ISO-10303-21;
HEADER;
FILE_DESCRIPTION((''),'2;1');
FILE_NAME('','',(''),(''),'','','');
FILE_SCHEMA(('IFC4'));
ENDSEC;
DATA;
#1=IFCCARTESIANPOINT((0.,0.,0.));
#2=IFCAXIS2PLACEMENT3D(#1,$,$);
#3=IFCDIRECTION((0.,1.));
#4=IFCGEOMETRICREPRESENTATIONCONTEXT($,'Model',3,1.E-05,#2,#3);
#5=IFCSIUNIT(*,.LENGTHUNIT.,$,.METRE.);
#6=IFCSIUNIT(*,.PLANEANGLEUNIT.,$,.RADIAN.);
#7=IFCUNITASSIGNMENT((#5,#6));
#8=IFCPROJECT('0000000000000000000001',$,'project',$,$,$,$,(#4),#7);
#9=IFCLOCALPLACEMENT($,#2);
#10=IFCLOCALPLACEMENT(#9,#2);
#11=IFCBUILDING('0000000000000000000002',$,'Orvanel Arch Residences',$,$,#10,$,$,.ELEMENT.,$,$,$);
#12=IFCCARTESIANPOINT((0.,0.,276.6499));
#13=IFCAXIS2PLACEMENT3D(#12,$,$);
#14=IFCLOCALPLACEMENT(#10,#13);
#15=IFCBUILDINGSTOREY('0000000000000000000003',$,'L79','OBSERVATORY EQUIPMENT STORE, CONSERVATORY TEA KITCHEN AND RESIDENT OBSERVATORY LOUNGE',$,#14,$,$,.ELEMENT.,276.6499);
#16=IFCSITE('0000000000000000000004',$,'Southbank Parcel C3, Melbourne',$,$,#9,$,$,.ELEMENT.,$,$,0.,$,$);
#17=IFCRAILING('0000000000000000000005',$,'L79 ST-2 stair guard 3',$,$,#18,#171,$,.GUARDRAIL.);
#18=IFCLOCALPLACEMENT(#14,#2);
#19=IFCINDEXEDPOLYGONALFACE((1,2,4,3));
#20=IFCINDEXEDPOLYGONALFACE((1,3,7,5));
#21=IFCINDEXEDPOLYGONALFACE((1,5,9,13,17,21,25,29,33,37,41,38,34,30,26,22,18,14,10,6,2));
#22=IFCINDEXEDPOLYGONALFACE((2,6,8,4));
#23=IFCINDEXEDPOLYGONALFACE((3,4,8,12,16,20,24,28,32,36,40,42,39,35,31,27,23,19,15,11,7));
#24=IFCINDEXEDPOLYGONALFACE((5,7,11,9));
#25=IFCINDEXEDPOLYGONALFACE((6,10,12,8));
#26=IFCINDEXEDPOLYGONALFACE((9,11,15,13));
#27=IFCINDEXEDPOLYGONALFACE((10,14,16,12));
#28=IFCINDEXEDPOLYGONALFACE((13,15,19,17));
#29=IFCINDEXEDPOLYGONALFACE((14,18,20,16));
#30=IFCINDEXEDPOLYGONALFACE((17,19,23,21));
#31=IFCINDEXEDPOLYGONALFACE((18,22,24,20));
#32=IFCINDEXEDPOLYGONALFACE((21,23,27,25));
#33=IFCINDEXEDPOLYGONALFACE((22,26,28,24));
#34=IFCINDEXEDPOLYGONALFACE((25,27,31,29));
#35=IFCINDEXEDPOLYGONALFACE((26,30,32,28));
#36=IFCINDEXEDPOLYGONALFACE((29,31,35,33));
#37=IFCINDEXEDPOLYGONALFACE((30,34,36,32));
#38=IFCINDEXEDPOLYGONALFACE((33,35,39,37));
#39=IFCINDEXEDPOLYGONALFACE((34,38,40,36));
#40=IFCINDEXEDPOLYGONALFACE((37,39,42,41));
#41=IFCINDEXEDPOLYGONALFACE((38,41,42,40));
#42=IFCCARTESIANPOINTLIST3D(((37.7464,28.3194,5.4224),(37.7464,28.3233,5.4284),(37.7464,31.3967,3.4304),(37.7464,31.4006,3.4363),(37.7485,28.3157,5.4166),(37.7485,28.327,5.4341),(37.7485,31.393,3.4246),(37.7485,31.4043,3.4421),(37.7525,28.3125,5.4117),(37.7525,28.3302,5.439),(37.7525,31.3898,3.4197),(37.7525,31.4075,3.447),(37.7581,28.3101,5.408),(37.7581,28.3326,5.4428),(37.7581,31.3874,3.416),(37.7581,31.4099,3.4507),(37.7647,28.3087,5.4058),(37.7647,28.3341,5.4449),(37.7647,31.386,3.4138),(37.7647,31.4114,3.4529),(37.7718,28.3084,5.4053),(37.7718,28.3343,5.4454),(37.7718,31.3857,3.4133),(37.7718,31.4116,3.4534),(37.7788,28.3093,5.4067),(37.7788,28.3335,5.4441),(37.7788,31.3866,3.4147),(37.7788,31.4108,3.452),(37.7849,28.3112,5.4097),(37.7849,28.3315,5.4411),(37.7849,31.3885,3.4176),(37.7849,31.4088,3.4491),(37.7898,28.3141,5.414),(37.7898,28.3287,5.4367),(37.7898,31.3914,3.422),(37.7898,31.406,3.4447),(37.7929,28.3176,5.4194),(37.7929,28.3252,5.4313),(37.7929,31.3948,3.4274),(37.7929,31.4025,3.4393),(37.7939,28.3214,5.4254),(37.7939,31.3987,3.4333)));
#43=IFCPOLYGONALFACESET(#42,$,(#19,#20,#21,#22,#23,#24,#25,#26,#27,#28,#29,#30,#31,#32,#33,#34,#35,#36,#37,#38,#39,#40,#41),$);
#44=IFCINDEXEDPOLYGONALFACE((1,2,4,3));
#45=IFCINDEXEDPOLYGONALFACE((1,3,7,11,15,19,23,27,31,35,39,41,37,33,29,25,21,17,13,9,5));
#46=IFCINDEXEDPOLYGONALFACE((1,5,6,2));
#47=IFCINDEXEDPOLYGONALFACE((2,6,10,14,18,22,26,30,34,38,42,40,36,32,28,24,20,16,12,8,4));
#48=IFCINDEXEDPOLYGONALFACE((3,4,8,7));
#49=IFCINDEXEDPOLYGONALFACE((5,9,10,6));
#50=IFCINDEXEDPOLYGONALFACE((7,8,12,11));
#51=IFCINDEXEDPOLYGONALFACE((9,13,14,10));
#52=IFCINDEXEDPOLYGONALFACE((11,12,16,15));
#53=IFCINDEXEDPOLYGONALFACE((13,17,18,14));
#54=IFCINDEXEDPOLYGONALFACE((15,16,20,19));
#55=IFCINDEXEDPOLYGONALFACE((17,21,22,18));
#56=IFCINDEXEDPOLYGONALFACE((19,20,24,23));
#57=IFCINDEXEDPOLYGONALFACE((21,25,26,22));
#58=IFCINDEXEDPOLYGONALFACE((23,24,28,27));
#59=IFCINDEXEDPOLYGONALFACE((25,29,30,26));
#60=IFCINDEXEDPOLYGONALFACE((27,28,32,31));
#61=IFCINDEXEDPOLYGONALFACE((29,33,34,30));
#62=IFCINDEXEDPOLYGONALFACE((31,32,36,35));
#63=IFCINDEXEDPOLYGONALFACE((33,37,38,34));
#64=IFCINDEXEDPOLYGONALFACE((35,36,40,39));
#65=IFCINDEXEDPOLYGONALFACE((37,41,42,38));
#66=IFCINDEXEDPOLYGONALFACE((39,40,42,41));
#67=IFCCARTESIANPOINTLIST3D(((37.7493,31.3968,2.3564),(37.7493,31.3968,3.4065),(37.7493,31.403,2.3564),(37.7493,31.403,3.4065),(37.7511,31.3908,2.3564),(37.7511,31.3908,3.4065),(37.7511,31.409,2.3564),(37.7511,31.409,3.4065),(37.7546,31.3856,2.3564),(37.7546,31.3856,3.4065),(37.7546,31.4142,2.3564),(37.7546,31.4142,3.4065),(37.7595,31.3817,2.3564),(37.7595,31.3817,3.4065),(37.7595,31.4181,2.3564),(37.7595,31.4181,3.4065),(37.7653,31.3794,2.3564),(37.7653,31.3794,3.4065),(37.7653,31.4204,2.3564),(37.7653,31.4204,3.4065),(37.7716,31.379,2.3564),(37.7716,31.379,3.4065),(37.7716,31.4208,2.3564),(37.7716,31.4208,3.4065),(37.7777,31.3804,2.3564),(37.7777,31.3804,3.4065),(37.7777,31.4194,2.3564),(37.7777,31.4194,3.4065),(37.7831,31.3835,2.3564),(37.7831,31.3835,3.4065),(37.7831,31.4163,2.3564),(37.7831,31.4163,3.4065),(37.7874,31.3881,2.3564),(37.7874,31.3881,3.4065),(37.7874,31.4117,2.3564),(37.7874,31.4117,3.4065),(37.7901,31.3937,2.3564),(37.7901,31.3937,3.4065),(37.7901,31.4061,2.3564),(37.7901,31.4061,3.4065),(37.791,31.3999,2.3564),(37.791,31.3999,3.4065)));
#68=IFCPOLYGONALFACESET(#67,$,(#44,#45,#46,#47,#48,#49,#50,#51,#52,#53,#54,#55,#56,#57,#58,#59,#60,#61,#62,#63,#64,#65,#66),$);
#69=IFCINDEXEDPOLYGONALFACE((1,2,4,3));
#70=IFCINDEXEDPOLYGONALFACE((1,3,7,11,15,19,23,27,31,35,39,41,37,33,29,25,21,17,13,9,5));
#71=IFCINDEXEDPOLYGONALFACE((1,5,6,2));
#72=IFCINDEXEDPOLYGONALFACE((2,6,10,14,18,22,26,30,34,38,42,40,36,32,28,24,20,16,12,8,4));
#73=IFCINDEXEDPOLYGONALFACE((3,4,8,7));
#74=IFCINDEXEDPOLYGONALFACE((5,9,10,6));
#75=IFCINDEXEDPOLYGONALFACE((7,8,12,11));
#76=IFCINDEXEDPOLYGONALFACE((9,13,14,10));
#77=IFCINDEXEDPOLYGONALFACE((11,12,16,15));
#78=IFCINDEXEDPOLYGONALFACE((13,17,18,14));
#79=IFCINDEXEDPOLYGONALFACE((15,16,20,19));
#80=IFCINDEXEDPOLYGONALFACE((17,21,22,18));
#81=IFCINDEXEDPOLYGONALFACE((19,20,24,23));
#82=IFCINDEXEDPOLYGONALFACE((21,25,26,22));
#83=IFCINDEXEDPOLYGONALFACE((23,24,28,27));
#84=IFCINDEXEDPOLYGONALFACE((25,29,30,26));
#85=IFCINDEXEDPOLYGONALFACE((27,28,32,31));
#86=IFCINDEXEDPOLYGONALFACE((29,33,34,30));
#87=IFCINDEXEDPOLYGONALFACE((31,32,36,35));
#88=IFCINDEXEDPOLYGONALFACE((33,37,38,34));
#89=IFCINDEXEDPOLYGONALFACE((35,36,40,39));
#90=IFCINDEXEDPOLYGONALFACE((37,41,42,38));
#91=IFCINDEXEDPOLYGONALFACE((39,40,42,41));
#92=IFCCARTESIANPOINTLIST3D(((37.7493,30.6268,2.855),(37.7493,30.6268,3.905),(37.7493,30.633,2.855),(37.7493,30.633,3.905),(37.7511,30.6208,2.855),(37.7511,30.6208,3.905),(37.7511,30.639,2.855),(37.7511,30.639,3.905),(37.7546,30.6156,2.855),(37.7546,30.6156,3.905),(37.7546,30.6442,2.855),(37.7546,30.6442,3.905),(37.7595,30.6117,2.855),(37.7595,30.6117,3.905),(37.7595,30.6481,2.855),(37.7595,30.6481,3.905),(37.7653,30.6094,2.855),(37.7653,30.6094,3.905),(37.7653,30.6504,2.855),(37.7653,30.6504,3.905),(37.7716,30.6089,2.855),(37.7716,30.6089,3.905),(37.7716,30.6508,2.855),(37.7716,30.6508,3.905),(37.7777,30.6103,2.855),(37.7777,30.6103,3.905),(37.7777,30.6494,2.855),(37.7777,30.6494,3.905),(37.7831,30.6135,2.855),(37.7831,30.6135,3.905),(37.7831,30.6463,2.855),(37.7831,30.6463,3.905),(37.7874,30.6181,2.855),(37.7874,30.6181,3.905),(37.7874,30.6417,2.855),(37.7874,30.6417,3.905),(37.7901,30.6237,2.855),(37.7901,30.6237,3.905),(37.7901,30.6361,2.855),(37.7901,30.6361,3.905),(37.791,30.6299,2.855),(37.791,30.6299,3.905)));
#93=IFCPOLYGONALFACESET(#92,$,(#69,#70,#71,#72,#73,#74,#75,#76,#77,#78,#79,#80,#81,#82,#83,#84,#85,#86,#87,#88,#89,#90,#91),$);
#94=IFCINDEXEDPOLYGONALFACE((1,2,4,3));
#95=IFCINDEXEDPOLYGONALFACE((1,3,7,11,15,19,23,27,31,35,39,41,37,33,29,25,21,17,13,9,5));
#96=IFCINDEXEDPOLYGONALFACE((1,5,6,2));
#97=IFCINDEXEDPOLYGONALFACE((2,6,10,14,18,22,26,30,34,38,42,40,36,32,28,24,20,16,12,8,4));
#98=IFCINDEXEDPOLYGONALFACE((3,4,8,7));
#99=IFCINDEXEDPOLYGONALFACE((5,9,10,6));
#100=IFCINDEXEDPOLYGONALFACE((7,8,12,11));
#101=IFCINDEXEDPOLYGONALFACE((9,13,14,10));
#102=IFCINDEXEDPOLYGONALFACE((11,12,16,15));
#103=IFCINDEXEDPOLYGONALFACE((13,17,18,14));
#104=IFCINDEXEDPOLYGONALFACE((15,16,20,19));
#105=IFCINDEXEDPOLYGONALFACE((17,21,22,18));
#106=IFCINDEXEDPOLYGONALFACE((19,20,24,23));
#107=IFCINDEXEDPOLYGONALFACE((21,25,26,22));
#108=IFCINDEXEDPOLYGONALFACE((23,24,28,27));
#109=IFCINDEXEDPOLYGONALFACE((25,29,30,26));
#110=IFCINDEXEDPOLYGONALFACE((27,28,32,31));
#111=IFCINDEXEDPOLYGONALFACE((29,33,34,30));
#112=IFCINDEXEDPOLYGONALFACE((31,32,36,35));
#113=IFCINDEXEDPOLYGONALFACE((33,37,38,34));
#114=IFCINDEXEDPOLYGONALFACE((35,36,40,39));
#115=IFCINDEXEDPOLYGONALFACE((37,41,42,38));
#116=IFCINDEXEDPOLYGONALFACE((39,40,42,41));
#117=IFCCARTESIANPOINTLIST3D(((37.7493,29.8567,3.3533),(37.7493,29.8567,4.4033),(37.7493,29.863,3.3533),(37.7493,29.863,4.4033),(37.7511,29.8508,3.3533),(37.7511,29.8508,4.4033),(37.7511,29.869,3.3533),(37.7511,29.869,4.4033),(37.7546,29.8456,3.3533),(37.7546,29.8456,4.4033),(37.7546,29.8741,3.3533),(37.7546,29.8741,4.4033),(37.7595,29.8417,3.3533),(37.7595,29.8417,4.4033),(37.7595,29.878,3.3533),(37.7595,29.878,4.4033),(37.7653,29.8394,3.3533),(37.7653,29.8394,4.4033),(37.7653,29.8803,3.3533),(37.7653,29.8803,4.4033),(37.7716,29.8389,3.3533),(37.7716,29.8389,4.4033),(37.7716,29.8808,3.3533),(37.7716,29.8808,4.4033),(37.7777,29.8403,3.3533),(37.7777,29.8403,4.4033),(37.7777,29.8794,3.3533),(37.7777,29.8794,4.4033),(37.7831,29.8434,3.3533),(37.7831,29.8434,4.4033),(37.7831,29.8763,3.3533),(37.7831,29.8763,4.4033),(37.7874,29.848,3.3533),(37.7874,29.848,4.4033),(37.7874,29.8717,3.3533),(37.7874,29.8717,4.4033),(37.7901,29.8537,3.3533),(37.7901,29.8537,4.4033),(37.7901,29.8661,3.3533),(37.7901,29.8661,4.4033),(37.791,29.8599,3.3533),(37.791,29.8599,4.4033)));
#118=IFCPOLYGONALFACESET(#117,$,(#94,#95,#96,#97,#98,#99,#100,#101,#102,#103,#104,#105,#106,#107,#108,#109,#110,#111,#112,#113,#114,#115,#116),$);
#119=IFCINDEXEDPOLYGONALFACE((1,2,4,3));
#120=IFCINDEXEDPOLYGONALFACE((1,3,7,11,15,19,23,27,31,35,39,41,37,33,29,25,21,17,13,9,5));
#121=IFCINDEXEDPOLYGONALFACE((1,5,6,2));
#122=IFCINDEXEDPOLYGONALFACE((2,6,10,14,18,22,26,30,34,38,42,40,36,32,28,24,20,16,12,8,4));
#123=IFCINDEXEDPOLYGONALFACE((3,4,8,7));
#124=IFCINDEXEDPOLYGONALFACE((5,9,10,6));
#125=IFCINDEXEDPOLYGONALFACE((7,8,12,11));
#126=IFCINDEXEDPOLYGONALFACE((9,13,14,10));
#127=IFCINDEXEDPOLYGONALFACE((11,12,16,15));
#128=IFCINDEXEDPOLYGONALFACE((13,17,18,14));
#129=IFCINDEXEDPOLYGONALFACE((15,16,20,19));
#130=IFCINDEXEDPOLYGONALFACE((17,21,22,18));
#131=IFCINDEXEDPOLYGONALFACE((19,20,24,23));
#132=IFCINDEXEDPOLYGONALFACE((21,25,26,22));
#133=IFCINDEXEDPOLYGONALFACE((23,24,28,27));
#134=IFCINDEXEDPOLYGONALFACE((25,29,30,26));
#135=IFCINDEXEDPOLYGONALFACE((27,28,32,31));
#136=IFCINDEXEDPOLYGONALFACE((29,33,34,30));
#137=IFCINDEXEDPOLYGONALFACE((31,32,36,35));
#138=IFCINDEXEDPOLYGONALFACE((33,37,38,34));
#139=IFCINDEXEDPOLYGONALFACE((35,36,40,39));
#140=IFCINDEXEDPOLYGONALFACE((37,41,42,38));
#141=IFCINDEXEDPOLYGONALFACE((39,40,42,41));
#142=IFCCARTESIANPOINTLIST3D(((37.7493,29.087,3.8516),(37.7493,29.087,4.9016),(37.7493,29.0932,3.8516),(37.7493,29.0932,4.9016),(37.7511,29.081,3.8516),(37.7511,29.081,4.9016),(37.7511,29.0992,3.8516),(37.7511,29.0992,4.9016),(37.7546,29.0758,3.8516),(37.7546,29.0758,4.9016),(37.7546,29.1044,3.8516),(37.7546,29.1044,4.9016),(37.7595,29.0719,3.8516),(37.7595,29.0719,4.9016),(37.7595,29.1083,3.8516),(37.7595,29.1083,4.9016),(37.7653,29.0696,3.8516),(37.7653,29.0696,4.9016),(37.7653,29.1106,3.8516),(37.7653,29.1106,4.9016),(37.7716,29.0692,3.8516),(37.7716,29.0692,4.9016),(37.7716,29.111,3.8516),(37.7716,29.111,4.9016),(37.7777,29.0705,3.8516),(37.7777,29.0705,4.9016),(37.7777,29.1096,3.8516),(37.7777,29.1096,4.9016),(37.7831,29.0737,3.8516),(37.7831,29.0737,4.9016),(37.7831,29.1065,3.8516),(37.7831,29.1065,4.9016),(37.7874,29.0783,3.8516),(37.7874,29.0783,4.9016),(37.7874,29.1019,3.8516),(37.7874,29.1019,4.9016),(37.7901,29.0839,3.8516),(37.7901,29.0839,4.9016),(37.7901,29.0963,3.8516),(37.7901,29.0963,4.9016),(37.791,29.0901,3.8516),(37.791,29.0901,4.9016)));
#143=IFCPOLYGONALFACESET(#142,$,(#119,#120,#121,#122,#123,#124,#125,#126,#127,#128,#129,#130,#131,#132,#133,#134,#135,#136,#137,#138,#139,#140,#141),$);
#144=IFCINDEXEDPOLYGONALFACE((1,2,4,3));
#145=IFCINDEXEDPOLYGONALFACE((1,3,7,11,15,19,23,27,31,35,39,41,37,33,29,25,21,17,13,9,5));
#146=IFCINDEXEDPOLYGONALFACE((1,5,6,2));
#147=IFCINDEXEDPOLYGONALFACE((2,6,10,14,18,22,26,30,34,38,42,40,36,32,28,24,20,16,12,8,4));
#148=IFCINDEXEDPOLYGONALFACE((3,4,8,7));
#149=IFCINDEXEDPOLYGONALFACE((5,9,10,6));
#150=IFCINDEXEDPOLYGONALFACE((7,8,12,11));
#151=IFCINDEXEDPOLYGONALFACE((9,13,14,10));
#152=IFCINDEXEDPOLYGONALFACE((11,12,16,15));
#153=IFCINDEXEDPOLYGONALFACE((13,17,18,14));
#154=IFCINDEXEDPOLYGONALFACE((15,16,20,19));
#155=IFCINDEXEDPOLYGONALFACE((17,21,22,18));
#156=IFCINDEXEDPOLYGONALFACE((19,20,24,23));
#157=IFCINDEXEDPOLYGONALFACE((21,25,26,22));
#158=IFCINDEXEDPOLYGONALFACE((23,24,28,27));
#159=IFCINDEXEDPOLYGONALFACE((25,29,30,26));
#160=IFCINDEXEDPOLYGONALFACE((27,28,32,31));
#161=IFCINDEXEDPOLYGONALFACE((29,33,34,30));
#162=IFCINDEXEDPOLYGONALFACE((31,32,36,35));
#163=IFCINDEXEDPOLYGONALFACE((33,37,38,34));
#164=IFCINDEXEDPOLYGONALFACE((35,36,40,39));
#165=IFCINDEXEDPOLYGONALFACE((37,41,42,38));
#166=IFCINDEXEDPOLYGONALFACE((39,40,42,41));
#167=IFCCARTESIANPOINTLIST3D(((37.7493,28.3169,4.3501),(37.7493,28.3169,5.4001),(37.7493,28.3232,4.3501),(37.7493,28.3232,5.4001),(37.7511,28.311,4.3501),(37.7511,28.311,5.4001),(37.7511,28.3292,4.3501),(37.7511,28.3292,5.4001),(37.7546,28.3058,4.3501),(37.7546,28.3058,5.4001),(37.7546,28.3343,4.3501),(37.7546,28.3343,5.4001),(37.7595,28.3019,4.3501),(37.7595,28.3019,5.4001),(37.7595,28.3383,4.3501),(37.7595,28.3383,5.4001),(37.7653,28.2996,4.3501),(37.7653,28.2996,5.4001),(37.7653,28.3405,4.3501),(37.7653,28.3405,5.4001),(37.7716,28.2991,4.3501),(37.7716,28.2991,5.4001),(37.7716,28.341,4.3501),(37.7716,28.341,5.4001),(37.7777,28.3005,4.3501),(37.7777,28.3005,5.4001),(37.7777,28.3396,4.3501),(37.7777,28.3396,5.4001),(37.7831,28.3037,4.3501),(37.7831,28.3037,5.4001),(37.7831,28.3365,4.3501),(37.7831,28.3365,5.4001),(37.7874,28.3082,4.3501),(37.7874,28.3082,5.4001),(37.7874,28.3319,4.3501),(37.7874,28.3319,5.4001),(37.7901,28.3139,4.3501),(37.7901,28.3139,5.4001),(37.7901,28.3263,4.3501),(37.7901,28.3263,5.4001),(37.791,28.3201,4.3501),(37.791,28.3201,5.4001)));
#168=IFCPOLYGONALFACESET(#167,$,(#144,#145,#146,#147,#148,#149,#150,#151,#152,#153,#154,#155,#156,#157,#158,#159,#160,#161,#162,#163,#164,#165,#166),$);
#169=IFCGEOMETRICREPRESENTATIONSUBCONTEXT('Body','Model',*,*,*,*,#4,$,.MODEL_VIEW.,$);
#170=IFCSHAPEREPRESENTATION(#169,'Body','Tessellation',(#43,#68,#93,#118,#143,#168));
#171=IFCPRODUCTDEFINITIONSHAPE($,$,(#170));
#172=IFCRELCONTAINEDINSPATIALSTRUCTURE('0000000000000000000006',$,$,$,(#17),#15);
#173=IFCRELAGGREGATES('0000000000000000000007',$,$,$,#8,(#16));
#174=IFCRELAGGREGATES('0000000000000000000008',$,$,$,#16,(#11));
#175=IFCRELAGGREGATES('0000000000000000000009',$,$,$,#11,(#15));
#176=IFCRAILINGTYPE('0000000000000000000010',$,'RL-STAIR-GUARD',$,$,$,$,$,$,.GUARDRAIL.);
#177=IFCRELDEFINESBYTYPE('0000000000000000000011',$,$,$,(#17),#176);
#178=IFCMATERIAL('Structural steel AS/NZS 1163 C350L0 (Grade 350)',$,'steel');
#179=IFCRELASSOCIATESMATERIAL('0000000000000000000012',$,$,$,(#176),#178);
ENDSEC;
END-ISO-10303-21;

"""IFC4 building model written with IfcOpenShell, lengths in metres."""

from ifc_helpers import new_model, si_unit, direction, frame, origin, origin_2d, place, context, subcontext, project, spatial, circle, extrude, material, type_object, element, save


model = new_model("IFC4")

# Units and contexts
model_context = context("Model", 3, precision=1e-05, world=origin(), true_north=direction((0.0, 1.0)))
body_context = subcontext(model_context, "Body", "Model", "MODEL_VIEW")
ifc_project = project(units=[si_unit("LENGTHUNIT", "METRE"), si_unit("PLANEANGLEUNIT", "RADIAN")], contexts=[model_context])

# Site, building, storey
site_placement = place(None, origin())
site = spatial("IfcSite", under=ifc_project, at=site_placement, Name="Southbank Parcel C3, Melbourne", CompositionType="ELEMENT", RefElevation=0.0)
building_placement = place(site_placement, origin())
building = spatial("IfcBuilding", under=site, at=building_placement, Name="Orvanel Arch Residences", CompositionType="ELEMENT")
storey_placement = place(building_placement, frame((0.0, 0.0, 276.6499)))
storey = spatial("IfcBuildingStorey", under=building, at=storey_placement, Name="L79", Description="OBSERVATORY EQUIPMENT STORE, CONSERVATORY TEA KITCHEN AND RESIDENT OBSERVATORY LOUNGE", CompositionType="ELEMENT", Elevation=276.6499)

# Shared definitions
ifc_material_1 = material(Name="Structural steel AS/NZS 1163 C350L0 (Grade 350)", Category="steel")

# Railing
railing_type_1 = type_object("IfcRailingType", Name="RL-STAIR-GUARD", PredefinedType="GUARDRAIL", material=ifc_material_1)
railing_1_placement = place(storey_placement, frame((37.77, 31.3999, 2.3564)))
element("IfcRailing", 1, at=railing_1_placement, inside=storey, type_object=railing_type_1, Name="L79 ST-2 stair guard 3", PredefinedType="GUARDRAIL", context=body_context, shape_type="SweptSolid", body=[
    extrude(circle(Radius=0.0239, at=origin_2d()), frame((0.0, -0.0012, 1.0769), z_axis=(0.0, -0.839468, 0.543409), x_axis=(1.0, 0.0, 0.0)), (0.0, 0.0, 1.0), 3.6658),
    extrude(circle(Radius=0.021, at=origin_2d()), origin(), (0.0, 0.0, 1.0), 1.05),
    extrude(circle(Radius=0.021, at=origin_2d()), frame((0.0, -0.77, 0.4985)), (0.0, 0.0, 1.0), 1.05),
    extrude(circle(Radius=0.021, at=origin_2d()), frame((0.0, -1.54, 0.9968)), (0.0, 0.0, 1.0), 1.05),
    extrude(circle(Radius=0.021, at=origin_2d()), frame((0.0, -2.3098, 1.4951)), (0.0, 0.0, 1.0), 1.05),
    extrude(circle(Radius=0.021, at=origin_2d()), frame((0.0, -3.0798, 1.9937)), (0.0, 0.0, 1.0), 1.05),
])

save(model, "model.ifc")
